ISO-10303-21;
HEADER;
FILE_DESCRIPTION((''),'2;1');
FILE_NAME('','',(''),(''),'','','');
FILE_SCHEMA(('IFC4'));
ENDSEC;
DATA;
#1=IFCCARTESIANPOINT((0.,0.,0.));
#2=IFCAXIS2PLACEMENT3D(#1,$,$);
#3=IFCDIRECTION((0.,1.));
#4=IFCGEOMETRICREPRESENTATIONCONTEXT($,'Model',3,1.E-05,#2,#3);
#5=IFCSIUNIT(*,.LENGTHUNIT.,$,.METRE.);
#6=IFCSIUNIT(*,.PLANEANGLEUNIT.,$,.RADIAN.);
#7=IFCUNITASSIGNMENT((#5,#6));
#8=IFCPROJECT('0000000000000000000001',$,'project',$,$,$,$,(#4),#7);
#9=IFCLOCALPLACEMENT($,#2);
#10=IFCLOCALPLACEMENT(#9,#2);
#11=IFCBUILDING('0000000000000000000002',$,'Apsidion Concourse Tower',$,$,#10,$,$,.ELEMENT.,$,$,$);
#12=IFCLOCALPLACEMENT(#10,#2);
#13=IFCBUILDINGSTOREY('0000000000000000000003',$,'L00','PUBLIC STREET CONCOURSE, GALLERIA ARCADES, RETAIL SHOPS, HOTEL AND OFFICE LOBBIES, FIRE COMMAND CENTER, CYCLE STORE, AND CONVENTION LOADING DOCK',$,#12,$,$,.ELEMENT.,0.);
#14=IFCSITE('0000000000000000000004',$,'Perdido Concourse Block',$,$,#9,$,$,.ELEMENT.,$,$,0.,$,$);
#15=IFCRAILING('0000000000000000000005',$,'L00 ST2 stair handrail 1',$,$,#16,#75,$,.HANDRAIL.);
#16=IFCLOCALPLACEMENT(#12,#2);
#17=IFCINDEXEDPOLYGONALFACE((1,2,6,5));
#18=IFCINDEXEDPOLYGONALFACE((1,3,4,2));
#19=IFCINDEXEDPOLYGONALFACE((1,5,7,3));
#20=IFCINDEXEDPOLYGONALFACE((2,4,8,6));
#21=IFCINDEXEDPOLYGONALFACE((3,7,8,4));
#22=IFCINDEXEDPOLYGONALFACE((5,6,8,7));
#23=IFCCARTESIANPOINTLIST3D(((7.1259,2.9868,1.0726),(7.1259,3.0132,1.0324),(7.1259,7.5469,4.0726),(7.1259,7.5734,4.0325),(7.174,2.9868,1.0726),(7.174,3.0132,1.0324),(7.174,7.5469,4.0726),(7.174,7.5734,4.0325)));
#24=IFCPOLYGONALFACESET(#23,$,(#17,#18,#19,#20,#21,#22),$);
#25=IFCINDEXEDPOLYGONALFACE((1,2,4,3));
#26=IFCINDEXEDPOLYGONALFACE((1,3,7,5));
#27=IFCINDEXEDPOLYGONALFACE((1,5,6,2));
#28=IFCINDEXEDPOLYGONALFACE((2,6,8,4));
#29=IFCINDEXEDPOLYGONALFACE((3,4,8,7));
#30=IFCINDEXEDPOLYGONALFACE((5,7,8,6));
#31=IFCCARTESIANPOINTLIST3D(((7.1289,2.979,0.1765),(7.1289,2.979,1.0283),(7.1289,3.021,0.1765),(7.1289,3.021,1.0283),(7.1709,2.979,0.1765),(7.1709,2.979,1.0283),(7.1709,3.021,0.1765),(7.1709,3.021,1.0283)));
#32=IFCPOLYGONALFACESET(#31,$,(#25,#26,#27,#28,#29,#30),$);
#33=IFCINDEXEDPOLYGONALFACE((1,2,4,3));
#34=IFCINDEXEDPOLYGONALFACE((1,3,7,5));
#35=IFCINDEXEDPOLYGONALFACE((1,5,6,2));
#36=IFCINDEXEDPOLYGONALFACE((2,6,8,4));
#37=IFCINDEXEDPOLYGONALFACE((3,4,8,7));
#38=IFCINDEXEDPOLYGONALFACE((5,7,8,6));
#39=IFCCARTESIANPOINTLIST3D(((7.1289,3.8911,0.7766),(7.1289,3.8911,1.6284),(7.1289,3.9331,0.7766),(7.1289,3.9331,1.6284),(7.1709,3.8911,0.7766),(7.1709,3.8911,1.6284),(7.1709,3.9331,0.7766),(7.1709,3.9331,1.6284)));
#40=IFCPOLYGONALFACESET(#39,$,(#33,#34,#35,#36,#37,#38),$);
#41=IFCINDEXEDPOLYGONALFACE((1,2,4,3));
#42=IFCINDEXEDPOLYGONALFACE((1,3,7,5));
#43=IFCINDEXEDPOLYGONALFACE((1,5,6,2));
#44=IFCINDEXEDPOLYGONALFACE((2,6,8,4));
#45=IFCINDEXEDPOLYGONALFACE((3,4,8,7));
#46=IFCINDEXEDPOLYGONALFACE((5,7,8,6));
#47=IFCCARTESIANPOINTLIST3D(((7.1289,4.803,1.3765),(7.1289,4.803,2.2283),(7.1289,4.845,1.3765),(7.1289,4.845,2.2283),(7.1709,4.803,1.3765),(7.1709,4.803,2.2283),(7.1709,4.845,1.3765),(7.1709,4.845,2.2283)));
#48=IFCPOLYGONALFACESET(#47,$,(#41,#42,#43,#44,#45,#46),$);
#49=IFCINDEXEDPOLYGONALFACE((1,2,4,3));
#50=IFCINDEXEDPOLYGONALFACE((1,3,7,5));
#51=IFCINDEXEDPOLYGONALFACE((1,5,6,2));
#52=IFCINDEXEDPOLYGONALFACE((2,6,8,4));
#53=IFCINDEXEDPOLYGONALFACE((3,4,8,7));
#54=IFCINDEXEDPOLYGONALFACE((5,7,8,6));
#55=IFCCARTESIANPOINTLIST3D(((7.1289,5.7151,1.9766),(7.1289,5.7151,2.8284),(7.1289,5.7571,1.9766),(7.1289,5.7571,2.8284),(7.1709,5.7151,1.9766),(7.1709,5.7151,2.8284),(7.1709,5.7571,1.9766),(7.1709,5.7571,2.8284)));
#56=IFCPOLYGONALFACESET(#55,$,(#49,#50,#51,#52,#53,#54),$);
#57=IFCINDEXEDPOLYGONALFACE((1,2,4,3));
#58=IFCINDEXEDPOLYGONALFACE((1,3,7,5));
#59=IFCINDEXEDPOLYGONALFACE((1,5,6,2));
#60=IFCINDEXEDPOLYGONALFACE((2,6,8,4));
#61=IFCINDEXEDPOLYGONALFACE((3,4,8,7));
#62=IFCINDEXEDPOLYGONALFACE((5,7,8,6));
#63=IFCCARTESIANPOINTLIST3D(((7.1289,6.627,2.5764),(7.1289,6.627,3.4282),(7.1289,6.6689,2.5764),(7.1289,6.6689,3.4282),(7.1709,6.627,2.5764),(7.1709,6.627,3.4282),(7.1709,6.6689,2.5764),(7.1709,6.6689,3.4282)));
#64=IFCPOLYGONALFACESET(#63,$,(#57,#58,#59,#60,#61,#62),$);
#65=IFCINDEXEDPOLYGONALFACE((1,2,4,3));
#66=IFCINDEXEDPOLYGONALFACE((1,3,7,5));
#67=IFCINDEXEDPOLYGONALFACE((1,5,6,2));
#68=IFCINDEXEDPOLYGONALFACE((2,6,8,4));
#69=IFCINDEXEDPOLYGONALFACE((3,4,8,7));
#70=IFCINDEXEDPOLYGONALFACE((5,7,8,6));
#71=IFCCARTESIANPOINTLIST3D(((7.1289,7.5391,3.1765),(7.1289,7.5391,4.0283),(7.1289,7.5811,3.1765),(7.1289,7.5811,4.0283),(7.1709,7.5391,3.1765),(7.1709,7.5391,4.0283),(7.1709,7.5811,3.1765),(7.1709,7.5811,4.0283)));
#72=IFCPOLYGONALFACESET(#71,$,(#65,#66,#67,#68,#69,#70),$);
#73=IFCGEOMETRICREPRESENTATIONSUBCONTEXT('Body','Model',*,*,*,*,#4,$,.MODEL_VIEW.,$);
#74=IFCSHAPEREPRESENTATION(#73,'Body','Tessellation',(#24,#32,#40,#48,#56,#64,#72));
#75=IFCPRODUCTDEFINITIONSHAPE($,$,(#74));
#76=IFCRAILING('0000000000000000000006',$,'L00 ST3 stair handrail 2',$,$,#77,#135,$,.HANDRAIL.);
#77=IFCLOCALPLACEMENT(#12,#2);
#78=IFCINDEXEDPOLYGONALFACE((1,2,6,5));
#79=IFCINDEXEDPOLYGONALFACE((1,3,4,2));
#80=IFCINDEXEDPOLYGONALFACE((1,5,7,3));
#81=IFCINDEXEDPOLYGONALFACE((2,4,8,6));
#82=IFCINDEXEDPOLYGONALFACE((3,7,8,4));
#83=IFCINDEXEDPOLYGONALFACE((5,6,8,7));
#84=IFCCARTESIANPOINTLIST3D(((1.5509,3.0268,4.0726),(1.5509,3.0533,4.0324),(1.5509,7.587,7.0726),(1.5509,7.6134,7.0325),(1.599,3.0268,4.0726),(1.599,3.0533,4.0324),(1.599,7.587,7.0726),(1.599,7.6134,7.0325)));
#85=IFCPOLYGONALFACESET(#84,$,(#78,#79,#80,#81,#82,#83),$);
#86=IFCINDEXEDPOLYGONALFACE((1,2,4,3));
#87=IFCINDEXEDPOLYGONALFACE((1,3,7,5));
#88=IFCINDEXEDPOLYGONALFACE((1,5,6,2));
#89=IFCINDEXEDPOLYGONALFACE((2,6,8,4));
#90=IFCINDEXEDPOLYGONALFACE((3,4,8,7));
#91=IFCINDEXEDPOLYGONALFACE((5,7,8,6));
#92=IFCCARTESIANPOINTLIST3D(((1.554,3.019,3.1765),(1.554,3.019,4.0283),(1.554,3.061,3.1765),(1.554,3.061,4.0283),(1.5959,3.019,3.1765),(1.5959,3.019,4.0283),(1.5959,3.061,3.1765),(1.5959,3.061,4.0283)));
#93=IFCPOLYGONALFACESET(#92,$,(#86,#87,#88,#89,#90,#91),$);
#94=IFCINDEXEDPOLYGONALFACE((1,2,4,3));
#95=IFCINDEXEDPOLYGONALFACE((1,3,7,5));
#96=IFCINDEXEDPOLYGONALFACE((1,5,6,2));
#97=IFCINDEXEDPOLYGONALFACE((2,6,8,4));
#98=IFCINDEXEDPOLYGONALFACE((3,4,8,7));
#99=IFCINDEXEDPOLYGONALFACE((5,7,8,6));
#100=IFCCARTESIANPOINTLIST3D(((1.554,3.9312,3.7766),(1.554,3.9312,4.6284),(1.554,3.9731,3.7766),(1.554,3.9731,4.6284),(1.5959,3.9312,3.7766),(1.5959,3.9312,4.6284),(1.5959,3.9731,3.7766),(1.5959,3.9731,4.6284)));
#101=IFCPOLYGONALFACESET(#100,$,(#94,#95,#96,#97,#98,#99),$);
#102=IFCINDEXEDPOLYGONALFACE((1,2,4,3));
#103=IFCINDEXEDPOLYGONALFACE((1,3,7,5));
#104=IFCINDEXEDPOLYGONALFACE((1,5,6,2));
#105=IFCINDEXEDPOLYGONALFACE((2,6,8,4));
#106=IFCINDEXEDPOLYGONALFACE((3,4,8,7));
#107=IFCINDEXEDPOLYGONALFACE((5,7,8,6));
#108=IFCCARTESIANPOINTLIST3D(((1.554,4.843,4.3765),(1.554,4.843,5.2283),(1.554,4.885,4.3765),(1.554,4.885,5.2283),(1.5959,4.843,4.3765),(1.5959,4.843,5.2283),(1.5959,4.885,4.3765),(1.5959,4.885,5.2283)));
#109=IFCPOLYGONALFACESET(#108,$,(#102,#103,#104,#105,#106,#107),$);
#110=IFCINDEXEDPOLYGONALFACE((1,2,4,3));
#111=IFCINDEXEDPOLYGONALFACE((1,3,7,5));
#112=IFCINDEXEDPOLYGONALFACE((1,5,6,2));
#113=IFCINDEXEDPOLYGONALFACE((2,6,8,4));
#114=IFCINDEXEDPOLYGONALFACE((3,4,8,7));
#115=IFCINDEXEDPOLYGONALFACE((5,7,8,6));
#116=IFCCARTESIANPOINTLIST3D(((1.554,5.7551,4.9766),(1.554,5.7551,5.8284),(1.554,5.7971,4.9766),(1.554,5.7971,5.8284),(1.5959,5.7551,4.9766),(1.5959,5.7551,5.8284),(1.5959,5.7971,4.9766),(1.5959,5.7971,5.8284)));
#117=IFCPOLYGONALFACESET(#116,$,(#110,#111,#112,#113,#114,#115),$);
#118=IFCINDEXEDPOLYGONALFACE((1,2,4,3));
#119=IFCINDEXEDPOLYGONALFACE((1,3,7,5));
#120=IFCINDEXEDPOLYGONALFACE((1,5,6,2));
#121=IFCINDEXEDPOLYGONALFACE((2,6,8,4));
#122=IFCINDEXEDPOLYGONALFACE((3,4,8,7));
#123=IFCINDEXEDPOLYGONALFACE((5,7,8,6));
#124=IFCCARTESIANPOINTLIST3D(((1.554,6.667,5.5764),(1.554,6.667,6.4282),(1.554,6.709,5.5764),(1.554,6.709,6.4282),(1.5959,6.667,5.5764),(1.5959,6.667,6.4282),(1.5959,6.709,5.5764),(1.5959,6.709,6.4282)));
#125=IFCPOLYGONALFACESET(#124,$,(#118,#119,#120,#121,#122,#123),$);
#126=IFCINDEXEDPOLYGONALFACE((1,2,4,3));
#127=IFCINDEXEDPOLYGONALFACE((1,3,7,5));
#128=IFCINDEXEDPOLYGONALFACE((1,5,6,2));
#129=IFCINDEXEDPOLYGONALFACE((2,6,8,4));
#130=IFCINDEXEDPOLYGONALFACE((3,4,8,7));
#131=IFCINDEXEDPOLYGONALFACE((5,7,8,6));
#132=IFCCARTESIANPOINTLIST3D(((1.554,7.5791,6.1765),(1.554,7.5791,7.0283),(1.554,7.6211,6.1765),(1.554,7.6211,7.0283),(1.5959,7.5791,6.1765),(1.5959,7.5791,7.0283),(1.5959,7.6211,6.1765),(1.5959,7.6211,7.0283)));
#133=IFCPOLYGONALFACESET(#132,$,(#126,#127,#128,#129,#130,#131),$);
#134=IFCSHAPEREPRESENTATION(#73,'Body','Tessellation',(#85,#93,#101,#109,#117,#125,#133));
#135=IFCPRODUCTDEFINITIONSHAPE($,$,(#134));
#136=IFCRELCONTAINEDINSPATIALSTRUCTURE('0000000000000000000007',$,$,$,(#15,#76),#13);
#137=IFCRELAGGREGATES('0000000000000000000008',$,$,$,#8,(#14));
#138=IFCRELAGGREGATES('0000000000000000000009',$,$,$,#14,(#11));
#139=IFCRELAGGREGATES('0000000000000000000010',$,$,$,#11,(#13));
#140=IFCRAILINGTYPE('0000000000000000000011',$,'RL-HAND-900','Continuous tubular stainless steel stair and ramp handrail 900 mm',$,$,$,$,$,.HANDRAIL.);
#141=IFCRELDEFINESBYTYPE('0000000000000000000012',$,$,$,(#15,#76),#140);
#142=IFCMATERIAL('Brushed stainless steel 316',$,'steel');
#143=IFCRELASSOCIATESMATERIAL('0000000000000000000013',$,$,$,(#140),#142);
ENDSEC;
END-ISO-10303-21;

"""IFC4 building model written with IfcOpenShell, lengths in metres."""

from ifc_helpers import new_model, si_unit, direction, frame, origin, origin_2d, place, context, subcontext, project, spatial, rectangle, extrude, material, type_object, element, save


model = new_model("IFC4")

# Units and contexts
model_context = context("Model", 3, precision=1e-05, world=origin(), true_north=direction((0.0, 1.0)))
body_context = subcontext(model_context, "Body", "Model", "MODEL_VIEW")
ifc_project = project(units=[si_unit("LENGTHUNIT", "METRE"), si_unit("PLANEANGLEUNIT", "RADIAN")], contexts=[model_context])

# Site, building, storey
site_placement = place(None, origin())
site = spatial("IfcSite", under=ifc_project, at=site_placement, Name="Perdido Concourse Block", CompositionType="ELEMENT", RefElevation=0.0)
building_placement = place(site_placement, origin())
building = spatial("IfcBuilding", under=site, at=building_placement, Name="Apsidion Concourse Tower", CompositionType="ELEMENT")
storey_placement = place(building_placement, origin())
storey = spatial("IfcBuildingStorey", under=building, at=storey_placement, Name="L00", Description="PUBLIC STREET CONCOURSE, GALLERIA ARCADES, RETAIL SHOPS, HOTEL AND OFFICE LOBBIES, FIRE COMMAND CENTER, CYCLE STORE, AND CONVENTION LOADING DOCK", CompositionType="ELEMENT", Elevation=0.0)

# Shared definitions
ifc_material_1 = material(Name="Brushed stainless steel 316", Category="steel")

# Railings
railing_type_1 = type_object("IfcRailingType", Name="RL-HAND-900", Description="Continuous tubular stainless steel stair and ramp handrail 900 mm", PredefinedType="HANDRAIL", material=ifc_material_1)
for number, where, name in (
    (1, (7.1499, 3.0, 0.1765), "L00 ST2 stair handrail 1"),
    (2, (1.575, 3.04, 3.1765), "L00 ST3 stair handrail 2"),
):
    element("IfcRailing", number, at=place(storey_placement, frame(where)), inside=storey, type_object=railing_type_1, Name=name, PredefinedType="HANDRAIL", context=body_context, shape_type="SweptSolid", body=[
        extrude(rectangle(XDim=0.0481, YDim=0.0481, at=origin_2d()), frame((0.0, 0.0, 0.876), z_axis=(0.0, 0.83542, 0.549612), x_axis=(-1.0, 0.0, 0.0)), (0.0, 0.0, 1.0), 5.4585),
        extrude(rectangle(XDim=0.042, YDim=0.042, at=origin_2d()), origin(), (0.0, 0.0, 1.0), 0.8518),
        extrude(rectangle(XDim=0.042, YDim=0.042, at=origin_2d()), frame((0.0, 0.9121, 0.6001)), (0.0, 0.0, 1.0), 0.8518),
        extrude(rectangle(XDim=0.042, YDim=0.042, at=origin_2d()), frame((0.0, 1.824, 1.2)), (0.0, 0.0, 1.0), 0.8518),
        extrude(rectangle(XDim=0.042, YDim=0.042, at=origin_2d()), frame((0.0, 2.7361, 1.8)), (0.0, 0.0, 1.0), 0.8518),
        extrude(rectangle(XDim=0.042, YDim=0.042, at=origin_2d()), frame((0.0, 3.6479, 2.3999)), (0.0, 0.0, 1.0), 0.8518),
        extrude(rectangle(XDim=0.042, YDim=0.042, at=origin_2d()), frame((0.0, 4.5601, 3.0)), (0.0, 0.0, 1.0), 0.8518),
    ])

save(model, "model.ifc")
